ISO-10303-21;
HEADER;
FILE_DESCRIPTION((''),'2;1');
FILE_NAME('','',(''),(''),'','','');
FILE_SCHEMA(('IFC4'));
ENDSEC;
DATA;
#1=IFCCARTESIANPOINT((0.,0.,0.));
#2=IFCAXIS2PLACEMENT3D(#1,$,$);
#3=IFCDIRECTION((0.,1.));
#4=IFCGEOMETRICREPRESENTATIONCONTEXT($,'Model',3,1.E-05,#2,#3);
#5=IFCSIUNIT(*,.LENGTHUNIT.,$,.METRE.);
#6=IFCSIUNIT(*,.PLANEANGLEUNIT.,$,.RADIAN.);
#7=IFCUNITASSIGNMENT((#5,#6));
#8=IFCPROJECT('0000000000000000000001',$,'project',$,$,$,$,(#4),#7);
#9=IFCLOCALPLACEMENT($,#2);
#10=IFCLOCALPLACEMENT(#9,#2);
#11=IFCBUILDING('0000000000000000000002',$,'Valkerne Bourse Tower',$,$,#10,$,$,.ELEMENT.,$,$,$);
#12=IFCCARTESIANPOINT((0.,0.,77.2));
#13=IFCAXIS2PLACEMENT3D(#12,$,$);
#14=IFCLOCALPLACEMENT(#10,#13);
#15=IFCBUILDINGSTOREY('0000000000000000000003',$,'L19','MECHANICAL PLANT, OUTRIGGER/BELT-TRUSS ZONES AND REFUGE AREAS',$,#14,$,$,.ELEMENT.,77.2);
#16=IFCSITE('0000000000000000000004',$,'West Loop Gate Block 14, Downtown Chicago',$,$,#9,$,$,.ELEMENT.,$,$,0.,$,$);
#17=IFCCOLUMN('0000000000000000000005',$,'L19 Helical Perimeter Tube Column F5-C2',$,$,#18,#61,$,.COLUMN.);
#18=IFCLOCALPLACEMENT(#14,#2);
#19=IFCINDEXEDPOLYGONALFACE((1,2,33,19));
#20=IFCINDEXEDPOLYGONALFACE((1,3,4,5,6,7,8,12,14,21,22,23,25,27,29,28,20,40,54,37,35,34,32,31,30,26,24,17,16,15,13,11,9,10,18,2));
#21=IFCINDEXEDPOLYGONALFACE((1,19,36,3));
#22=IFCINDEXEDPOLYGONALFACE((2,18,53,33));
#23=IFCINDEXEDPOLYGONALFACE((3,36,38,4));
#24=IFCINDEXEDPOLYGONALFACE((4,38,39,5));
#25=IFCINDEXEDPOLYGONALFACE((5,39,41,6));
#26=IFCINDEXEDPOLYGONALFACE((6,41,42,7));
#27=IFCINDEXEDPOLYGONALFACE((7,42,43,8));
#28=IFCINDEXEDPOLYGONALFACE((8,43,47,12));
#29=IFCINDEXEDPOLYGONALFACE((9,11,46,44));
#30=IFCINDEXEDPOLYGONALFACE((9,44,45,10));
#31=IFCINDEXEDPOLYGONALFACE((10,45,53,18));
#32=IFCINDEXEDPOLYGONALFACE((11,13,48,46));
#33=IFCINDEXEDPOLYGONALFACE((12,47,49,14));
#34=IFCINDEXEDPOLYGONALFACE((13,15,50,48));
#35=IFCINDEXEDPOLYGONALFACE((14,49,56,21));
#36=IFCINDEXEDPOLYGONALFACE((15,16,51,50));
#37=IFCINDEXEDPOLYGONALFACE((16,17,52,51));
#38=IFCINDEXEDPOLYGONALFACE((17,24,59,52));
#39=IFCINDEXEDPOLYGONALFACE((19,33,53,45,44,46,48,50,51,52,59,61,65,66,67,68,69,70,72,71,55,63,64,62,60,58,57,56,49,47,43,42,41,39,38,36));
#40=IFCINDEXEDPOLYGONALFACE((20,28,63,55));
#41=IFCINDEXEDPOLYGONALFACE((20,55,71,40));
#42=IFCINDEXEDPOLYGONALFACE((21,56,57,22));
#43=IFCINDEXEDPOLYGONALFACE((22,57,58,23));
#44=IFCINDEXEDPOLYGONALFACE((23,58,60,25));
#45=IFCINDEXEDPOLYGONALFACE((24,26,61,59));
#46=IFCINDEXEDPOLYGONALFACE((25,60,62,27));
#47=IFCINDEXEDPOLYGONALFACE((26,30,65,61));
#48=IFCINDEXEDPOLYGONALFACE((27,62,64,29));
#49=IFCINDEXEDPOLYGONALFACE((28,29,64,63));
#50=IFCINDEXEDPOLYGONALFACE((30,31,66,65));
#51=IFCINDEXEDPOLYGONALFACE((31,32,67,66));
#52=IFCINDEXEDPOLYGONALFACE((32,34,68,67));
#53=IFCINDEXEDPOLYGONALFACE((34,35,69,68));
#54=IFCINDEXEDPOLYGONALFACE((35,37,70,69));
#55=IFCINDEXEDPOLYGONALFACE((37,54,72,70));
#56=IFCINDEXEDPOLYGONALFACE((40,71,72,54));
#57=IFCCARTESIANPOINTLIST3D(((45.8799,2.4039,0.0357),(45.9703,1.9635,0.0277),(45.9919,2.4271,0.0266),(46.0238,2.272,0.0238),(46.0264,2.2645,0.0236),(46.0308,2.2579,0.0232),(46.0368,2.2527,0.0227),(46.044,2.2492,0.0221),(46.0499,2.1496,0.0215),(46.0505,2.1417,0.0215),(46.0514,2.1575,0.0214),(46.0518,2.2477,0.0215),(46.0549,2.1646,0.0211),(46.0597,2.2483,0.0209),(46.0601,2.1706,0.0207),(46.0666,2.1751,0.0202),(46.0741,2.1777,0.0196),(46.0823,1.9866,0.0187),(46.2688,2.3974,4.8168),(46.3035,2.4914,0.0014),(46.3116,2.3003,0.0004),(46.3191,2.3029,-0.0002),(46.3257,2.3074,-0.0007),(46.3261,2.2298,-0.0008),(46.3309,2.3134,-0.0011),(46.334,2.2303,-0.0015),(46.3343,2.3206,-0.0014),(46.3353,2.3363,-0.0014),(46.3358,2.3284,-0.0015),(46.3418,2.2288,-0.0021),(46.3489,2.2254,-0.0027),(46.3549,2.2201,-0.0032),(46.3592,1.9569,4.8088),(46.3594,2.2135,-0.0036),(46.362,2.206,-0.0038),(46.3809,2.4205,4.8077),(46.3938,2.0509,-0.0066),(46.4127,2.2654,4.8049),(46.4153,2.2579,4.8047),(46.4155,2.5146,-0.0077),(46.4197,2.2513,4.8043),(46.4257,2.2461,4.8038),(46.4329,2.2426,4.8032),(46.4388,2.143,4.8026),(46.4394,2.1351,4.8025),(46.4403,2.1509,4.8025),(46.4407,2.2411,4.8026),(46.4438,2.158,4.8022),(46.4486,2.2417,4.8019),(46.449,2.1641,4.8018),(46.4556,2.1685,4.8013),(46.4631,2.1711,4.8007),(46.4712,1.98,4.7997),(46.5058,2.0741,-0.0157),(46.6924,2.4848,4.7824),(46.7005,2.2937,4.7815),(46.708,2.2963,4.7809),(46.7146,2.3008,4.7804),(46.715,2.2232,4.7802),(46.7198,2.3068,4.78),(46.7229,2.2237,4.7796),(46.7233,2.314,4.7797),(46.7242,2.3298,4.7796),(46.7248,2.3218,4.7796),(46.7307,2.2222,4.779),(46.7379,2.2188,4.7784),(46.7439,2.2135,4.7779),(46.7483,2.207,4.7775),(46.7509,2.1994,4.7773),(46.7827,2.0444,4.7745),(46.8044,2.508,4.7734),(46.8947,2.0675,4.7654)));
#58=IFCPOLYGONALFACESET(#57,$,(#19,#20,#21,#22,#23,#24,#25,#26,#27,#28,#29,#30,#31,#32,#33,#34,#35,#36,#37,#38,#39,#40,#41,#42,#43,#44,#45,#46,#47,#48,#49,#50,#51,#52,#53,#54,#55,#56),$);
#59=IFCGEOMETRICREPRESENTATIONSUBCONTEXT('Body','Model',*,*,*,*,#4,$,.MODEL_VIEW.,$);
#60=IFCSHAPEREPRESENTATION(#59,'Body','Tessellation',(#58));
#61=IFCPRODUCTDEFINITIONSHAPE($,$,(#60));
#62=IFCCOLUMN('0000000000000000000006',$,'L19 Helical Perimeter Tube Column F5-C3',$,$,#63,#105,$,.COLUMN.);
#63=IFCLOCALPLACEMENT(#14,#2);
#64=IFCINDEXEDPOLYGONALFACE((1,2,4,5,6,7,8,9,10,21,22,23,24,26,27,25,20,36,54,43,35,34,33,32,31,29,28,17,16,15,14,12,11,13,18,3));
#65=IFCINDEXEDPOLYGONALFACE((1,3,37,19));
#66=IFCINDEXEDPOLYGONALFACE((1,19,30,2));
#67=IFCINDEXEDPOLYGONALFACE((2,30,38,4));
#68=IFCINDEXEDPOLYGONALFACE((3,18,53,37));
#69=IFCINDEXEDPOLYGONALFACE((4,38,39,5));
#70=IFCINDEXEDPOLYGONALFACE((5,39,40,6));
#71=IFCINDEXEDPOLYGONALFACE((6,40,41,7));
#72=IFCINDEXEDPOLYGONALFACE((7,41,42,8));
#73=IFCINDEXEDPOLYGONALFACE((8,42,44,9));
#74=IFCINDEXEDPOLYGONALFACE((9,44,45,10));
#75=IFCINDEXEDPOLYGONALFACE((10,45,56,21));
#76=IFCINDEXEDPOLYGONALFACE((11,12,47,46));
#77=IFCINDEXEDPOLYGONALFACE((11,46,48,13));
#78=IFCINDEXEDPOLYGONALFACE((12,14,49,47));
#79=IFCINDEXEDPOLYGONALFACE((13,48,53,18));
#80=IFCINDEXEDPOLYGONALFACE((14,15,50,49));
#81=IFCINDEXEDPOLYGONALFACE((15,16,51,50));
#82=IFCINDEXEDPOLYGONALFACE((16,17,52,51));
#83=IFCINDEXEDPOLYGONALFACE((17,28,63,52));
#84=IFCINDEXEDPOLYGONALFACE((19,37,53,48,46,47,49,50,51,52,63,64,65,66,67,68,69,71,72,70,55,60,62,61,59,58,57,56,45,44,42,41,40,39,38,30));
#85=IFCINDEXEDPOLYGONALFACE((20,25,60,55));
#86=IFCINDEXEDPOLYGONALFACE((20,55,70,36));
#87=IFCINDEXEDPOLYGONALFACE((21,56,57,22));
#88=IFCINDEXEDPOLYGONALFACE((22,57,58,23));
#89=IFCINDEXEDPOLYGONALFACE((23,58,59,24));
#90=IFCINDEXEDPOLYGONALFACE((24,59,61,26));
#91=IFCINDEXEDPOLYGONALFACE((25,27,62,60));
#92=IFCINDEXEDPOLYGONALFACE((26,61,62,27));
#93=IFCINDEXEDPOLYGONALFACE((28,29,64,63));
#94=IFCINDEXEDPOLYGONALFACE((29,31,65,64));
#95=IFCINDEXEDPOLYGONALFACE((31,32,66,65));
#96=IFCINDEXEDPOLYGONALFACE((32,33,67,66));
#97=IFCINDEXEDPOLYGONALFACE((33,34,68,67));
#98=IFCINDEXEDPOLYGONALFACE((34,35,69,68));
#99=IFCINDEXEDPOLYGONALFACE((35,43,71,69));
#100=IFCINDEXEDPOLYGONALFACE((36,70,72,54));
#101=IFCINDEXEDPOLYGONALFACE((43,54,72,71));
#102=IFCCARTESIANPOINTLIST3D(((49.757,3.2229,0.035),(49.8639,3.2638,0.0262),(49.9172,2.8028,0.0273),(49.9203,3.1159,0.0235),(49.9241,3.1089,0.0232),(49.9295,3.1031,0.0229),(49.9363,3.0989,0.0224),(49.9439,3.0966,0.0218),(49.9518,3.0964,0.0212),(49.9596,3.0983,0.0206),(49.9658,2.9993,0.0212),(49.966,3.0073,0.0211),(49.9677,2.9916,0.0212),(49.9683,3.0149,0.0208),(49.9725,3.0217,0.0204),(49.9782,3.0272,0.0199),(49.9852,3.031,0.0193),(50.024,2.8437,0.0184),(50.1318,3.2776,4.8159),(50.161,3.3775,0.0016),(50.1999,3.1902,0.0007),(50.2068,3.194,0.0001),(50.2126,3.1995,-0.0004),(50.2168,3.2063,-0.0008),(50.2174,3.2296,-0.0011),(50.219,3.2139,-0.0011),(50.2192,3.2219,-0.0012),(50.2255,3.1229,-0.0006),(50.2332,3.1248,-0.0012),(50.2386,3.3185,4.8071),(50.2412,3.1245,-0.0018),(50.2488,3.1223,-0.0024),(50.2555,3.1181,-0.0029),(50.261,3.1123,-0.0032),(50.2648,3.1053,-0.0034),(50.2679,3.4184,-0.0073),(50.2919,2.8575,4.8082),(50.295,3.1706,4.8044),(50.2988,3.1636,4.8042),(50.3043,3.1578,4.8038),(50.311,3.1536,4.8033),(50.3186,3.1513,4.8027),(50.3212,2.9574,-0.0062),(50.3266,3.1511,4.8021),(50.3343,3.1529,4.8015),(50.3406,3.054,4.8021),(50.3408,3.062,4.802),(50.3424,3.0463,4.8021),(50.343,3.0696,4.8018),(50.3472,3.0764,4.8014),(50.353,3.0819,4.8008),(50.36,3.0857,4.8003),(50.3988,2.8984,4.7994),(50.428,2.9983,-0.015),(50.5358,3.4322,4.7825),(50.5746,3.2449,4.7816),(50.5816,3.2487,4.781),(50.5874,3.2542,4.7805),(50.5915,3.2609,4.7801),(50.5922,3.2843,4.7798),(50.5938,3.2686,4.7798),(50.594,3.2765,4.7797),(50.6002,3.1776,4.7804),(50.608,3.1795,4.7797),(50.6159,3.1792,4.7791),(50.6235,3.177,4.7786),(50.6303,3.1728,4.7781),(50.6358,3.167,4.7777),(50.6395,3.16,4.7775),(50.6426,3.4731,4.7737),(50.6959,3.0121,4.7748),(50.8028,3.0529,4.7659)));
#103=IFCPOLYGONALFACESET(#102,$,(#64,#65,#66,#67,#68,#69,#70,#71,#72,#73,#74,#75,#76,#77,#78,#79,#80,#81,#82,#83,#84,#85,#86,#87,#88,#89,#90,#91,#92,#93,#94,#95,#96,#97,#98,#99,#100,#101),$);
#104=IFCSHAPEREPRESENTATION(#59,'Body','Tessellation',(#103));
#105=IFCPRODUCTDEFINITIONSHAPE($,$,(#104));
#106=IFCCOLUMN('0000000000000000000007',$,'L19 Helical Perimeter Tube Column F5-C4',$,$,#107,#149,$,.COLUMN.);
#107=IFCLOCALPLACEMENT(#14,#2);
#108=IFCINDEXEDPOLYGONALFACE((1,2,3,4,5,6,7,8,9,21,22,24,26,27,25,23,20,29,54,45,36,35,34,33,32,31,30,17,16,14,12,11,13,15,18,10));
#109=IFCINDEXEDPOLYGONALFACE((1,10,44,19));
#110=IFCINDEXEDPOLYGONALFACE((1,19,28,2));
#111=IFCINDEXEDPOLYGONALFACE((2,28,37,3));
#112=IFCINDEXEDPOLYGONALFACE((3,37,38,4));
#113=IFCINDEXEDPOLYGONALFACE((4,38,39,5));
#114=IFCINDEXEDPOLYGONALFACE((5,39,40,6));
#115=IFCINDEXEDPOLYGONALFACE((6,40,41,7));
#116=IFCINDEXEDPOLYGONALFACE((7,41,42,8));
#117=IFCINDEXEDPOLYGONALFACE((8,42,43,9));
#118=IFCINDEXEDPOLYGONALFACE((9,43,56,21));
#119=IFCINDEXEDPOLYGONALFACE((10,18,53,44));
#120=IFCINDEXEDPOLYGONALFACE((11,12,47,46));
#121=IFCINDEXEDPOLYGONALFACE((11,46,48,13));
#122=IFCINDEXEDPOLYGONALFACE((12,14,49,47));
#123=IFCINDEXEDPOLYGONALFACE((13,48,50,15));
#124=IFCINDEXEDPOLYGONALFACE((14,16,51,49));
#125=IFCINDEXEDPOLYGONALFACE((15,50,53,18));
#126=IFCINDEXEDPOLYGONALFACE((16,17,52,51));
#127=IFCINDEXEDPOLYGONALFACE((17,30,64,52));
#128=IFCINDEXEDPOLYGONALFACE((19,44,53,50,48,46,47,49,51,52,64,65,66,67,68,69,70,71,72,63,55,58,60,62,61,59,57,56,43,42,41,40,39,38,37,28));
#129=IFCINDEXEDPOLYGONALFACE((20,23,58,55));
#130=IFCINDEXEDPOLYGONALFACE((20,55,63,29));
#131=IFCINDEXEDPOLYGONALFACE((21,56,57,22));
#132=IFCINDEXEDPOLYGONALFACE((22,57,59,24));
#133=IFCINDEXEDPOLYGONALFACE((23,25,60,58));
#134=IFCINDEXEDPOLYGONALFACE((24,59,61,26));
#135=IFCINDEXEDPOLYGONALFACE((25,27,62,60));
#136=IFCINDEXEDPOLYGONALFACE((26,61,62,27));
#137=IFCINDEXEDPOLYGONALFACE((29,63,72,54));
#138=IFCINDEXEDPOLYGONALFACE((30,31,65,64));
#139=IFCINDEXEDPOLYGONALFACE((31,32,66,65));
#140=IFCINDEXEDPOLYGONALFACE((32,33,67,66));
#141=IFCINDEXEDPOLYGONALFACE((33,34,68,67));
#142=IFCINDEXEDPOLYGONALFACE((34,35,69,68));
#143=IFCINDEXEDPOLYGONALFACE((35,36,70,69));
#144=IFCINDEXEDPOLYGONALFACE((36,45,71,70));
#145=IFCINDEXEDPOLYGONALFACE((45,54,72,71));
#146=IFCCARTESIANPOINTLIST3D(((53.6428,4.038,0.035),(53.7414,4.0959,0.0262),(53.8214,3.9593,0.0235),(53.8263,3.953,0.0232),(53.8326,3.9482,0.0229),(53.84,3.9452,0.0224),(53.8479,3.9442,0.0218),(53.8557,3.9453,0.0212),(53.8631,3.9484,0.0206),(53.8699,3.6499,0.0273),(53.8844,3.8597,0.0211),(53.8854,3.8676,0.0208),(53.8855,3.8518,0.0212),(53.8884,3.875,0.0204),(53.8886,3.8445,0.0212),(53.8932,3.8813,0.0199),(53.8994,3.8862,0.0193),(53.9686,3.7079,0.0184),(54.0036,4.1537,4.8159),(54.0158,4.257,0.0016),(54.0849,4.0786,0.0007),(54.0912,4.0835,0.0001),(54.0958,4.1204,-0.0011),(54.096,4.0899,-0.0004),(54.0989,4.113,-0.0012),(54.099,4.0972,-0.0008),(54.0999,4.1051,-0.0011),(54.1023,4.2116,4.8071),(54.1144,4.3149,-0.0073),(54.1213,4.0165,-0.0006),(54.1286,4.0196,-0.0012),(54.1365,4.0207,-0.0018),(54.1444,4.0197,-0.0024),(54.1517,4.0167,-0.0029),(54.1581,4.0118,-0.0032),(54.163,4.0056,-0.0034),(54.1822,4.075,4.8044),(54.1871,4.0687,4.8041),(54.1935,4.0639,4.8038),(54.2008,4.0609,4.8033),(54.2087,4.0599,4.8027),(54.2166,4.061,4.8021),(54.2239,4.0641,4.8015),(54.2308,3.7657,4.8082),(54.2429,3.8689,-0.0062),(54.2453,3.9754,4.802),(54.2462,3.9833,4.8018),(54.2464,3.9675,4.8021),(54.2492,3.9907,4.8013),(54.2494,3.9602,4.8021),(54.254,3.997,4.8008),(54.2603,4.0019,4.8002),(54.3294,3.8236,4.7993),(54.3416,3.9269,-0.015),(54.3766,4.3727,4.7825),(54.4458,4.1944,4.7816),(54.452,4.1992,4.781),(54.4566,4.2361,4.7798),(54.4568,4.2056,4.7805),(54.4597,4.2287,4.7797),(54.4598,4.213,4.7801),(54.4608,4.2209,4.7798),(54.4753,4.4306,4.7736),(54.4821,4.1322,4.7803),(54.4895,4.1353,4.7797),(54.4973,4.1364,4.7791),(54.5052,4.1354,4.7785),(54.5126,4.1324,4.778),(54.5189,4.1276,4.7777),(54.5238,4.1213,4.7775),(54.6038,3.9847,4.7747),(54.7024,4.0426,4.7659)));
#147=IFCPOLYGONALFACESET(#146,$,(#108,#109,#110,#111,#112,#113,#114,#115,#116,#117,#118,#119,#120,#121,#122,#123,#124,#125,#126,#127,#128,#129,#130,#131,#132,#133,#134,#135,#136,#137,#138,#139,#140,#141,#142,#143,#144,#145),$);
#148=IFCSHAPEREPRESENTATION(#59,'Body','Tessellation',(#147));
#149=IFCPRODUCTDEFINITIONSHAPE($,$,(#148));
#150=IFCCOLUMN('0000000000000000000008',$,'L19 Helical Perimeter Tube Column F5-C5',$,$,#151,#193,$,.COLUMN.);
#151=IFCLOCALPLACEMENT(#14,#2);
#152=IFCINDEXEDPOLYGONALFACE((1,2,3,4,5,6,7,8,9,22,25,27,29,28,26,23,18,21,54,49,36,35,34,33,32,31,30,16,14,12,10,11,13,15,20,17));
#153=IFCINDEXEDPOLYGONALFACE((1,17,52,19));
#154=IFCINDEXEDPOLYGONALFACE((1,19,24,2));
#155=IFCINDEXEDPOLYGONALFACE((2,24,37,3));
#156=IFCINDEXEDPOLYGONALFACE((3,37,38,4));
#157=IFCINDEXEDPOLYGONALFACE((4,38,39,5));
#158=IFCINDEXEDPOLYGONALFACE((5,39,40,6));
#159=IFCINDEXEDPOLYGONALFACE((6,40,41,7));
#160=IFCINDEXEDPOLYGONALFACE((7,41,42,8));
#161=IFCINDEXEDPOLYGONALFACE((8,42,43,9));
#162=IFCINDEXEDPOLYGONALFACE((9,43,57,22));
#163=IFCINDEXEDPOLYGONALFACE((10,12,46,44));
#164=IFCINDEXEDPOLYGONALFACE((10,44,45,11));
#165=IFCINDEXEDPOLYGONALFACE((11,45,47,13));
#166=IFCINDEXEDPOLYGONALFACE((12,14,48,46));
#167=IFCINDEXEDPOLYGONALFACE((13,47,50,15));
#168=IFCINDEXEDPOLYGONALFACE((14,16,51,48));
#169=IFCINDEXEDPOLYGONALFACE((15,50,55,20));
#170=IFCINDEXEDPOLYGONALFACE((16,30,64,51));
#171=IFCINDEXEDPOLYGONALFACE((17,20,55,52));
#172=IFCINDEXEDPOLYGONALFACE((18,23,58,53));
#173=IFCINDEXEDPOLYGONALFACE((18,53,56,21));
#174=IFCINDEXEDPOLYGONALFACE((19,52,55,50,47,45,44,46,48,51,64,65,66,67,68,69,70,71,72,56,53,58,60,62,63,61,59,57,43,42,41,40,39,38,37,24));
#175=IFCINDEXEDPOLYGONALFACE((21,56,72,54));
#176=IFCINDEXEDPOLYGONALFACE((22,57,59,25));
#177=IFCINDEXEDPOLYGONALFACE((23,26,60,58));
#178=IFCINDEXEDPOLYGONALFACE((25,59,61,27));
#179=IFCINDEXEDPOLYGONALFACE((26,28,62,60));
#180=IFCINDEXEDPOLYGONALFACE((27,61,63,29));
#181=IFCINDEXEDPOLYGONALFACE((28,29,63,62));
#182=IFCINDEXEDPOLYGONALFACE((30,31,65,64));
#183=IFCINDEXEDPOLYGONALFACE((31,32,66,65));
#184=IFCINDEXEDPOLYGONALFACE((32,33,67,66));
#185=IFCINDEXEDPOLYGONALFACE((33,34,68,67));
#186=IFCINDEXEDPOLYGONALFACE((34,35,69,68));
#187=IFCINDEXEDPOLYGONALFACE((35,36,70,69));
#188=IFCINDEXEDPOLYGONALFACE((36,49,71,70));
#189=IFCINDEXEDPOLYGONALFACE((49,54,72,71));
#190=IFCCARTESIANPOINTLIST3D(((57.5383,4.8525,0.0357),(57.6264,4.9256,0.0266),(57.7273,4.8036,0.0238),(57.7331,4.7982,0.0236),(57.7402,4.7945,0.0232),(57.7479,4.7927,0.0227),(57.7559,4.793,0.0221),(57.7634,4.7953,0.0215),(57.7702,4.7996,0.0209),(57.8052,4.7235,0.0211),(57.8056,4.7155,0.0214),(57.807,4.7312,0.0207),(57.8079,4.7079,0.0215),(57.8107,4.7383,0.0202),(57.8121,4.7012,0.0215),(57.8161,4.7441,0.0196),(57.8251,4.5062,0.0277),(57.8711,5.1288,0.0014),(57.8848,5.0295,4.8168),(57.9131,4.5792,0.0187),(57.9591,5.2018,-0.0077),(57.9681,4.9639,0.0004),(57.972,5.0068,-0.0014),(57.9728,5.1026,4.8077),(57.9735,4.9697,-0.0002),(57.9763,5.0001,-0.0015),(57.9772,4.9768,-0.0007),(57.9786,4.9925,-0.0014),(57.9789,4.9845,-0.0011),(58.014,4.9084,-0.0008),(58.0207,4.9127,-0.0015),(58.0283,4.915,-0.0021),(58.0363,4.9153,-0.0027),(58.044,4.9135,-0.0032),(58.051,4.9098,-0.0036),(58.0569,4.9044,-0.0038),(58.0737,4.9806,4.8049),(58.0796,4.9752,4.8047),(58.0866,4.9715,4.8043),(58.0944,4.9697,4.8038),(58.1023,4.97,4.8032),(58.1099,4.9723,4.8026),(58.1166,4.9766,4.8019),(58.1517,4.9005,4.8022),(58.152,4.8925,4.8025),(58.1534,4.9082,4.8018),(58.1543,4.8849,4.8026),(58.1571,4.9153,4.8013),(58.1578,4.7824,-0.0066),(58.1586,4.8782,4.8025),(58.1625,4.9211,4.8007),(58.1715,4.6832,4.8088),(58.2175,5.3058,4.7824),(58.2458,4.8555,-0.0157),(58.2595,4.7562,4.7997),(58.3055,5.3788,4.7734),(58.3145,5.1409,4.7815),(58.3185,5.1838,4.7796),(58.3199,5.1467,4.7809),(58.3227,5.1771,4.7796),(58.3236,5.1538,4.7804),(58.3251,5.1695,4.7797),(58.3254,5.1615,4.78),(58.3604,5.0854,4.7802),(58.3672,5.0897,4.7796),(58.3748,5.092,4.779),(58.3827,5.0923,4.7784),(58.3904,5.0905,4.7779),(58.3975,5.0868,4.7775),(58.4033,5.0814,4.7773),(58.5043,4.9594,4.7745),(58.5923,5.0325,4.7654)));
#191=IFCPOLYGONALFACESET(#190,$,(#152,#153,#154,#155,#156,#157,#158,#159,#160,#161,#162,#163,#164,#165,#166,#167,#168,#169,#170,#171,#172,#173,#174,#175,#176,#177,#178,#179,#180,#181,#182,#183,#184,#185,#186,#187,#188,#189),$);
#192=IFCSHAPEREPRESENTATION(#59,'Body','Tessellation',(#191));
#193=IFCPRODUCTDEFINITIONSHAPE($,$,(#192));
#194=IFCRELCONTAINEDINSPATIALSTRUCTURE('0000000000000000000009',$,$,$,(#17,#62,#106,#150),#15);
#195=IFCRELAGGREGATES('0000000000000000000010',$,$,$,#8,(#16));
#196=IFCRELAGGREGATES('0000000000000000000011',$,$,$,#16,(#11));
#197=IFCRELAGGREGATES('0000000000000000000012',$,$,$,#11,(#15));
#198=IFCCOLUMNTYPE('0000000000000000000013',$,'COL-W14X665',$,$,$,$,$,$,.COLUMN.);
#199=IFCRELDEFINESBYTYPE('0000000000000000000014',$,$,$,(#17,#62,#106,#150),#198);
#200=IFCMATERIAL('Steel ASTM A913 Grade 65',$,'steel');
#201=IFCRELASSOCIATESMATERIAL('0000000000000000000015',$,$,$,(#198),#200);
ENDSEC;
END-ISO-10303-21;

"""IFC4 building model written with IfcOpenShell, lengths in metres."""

from ifc_helpers import new_model, si_unit, direction, frame, origin, origin_2d, place, context, subcontext, project, spatial, i_section, extrude, material, material_profile, profile_set, type_object, element, save


model = new_model("IFC4")

# Units and contexts
model_context = context("Model", 3, precision=1e-05, world=origin(), true_north=direction((0.0, 1.0)))
body_context = subcontext(model_context, "Body", "Model", "MODEL_VIEW")
ifc_project = project(units=[si_unit("LENGTHUNIT", "METRE"), si_unit("PLANEANGLEUNIT", "RADIAN")], contexts=[model_context])

# Site, building, storey
site_placement = place(None, origin())
site = spatial("IfcSite", under=ifc_project, at=site_placement, Name="West Loop Gate Block 14, Downtown Chicago", CompositionType="ELEMENT", RefElevation=0.0)
building_placement = place(site_placement, origin())
building = spatial("IfcBuilding", under=site, at=building_placement, Name="Valkerne Bourse Tower", CompositionType="ELEMENT")
storey_placement = place(building_placement, frame((0.0, 0.0, 77.2)))
storey = spatial("IfcBuildingStorey", under=building, at=storey_placement, Name="L19", Description="MECHANICAL PLANT, OUTRIGGER/BELT-TRUSS ZONES AND REFUGE AREAS", CompositionType="ELEMENT", Elevation=77.2)

# Columns
ifc_material_1 = material(Name="Steel ASTM A913 Grade 65", Category="steel")
ifc_material_profile_1 = material_profile(ifc_material_1, i_section(OverallWidth=0.4497, OverallDepth=0.5486, WebThickness=0.072, FlangeThickness=0.1147, FilletRadius=0.0305, at=origin_2d()), Name="W14X665")
ifc_profile_set_1 = profile_set([ifc_material_profile_1], Name="Steel ASTM A913 Grade 65")
column_type = type_object("IfcColumnType", Name="COL-W14X665", PredefinedType="COLUMN", material=ifc_profile_set_1)
column_1_placement = place(storey_placement, frame((46.1929, 2.239, 0.01), z_axis=(0.081078, -0.001374, 0.996707), x_axis=(-0.200855, 0.979461, 0.017689)))
element("IfcColumn", 1, at=column_1_placement, inside=storey, type_object=column_type, Name="L19 Helical Perimeter Tube Column F5-C2", PredefinedType="COLUMN", context=body_context, shape_type="SweptSolid", body=[
    extrude(i_section(OverallWidth=0.4497, OverallDepth=0.5486, WebThickness=0.072, FlangeThickness=0.1147, FilletRadius=0.0305, at=origin_2d()), origin(), (0.0, 0.0, 1.0), 4.7969),
])
for number, where, z_axis, x_axis, name in (
    (2, (50.0925, 3.1106, 0.01), (0.07814, 0.011403, 0.996877), (-0.356104, 0.934287, 0.017226), "L19 Helical Perimeter Tube Column F5-C3"),
    (3, (53.9922, 3.9824, 0.01), (0.075238, 0.024129, 0.996874), (-0.505102, 0.862888, 0.017236), "L19 Helical Perimeter Tube Column F5-C4"),
):
    element("IfcColumn", number, at=place(storey_placement, frame(where, z_axis=z_axis, x_axis=x_axis)), inside=storey, type_object=column_type, Name=name, PredefinedType="COLUMN", context=body_context, shape_type="SweptSolid", body=[
        extrude(i_section(OverallWidth=0.4497, OverallDepth=0.5486, WebThickness=0.072, FlangeThickness=0.1147, FilletRadius=0.0305, at=origin_2d()), origin(), (0.0, 0.0, 1.0), 4.7959),
    ])
column_2_placement = place(storey_placement, frame((57.8921, 4.854, 0.01), z_axis=(0.072222, 0.0369, 0.996706), x_axis=(-0.637638, 0.770133, 0.017692)))
element("IfcColumn", 4, at=column_2_placement, inside=storey, type_object=column_type, Name="L19 Helical Perimeter Tube Column F5-C5", PredefinedType="COLUMN", context=body_context, shape_type="SweptSolid", body=[
    extrude(i_section(OverallWidth=0.4497, OverallDepth=0.5486, WebThickness=0.072, FlangeThickness=0.1147, FilletRadius=0.0305, at=origin_2d()), origin(), (0.0, 0.0, 1.0), 4.7969),
])

save(model, "model.ifc")
